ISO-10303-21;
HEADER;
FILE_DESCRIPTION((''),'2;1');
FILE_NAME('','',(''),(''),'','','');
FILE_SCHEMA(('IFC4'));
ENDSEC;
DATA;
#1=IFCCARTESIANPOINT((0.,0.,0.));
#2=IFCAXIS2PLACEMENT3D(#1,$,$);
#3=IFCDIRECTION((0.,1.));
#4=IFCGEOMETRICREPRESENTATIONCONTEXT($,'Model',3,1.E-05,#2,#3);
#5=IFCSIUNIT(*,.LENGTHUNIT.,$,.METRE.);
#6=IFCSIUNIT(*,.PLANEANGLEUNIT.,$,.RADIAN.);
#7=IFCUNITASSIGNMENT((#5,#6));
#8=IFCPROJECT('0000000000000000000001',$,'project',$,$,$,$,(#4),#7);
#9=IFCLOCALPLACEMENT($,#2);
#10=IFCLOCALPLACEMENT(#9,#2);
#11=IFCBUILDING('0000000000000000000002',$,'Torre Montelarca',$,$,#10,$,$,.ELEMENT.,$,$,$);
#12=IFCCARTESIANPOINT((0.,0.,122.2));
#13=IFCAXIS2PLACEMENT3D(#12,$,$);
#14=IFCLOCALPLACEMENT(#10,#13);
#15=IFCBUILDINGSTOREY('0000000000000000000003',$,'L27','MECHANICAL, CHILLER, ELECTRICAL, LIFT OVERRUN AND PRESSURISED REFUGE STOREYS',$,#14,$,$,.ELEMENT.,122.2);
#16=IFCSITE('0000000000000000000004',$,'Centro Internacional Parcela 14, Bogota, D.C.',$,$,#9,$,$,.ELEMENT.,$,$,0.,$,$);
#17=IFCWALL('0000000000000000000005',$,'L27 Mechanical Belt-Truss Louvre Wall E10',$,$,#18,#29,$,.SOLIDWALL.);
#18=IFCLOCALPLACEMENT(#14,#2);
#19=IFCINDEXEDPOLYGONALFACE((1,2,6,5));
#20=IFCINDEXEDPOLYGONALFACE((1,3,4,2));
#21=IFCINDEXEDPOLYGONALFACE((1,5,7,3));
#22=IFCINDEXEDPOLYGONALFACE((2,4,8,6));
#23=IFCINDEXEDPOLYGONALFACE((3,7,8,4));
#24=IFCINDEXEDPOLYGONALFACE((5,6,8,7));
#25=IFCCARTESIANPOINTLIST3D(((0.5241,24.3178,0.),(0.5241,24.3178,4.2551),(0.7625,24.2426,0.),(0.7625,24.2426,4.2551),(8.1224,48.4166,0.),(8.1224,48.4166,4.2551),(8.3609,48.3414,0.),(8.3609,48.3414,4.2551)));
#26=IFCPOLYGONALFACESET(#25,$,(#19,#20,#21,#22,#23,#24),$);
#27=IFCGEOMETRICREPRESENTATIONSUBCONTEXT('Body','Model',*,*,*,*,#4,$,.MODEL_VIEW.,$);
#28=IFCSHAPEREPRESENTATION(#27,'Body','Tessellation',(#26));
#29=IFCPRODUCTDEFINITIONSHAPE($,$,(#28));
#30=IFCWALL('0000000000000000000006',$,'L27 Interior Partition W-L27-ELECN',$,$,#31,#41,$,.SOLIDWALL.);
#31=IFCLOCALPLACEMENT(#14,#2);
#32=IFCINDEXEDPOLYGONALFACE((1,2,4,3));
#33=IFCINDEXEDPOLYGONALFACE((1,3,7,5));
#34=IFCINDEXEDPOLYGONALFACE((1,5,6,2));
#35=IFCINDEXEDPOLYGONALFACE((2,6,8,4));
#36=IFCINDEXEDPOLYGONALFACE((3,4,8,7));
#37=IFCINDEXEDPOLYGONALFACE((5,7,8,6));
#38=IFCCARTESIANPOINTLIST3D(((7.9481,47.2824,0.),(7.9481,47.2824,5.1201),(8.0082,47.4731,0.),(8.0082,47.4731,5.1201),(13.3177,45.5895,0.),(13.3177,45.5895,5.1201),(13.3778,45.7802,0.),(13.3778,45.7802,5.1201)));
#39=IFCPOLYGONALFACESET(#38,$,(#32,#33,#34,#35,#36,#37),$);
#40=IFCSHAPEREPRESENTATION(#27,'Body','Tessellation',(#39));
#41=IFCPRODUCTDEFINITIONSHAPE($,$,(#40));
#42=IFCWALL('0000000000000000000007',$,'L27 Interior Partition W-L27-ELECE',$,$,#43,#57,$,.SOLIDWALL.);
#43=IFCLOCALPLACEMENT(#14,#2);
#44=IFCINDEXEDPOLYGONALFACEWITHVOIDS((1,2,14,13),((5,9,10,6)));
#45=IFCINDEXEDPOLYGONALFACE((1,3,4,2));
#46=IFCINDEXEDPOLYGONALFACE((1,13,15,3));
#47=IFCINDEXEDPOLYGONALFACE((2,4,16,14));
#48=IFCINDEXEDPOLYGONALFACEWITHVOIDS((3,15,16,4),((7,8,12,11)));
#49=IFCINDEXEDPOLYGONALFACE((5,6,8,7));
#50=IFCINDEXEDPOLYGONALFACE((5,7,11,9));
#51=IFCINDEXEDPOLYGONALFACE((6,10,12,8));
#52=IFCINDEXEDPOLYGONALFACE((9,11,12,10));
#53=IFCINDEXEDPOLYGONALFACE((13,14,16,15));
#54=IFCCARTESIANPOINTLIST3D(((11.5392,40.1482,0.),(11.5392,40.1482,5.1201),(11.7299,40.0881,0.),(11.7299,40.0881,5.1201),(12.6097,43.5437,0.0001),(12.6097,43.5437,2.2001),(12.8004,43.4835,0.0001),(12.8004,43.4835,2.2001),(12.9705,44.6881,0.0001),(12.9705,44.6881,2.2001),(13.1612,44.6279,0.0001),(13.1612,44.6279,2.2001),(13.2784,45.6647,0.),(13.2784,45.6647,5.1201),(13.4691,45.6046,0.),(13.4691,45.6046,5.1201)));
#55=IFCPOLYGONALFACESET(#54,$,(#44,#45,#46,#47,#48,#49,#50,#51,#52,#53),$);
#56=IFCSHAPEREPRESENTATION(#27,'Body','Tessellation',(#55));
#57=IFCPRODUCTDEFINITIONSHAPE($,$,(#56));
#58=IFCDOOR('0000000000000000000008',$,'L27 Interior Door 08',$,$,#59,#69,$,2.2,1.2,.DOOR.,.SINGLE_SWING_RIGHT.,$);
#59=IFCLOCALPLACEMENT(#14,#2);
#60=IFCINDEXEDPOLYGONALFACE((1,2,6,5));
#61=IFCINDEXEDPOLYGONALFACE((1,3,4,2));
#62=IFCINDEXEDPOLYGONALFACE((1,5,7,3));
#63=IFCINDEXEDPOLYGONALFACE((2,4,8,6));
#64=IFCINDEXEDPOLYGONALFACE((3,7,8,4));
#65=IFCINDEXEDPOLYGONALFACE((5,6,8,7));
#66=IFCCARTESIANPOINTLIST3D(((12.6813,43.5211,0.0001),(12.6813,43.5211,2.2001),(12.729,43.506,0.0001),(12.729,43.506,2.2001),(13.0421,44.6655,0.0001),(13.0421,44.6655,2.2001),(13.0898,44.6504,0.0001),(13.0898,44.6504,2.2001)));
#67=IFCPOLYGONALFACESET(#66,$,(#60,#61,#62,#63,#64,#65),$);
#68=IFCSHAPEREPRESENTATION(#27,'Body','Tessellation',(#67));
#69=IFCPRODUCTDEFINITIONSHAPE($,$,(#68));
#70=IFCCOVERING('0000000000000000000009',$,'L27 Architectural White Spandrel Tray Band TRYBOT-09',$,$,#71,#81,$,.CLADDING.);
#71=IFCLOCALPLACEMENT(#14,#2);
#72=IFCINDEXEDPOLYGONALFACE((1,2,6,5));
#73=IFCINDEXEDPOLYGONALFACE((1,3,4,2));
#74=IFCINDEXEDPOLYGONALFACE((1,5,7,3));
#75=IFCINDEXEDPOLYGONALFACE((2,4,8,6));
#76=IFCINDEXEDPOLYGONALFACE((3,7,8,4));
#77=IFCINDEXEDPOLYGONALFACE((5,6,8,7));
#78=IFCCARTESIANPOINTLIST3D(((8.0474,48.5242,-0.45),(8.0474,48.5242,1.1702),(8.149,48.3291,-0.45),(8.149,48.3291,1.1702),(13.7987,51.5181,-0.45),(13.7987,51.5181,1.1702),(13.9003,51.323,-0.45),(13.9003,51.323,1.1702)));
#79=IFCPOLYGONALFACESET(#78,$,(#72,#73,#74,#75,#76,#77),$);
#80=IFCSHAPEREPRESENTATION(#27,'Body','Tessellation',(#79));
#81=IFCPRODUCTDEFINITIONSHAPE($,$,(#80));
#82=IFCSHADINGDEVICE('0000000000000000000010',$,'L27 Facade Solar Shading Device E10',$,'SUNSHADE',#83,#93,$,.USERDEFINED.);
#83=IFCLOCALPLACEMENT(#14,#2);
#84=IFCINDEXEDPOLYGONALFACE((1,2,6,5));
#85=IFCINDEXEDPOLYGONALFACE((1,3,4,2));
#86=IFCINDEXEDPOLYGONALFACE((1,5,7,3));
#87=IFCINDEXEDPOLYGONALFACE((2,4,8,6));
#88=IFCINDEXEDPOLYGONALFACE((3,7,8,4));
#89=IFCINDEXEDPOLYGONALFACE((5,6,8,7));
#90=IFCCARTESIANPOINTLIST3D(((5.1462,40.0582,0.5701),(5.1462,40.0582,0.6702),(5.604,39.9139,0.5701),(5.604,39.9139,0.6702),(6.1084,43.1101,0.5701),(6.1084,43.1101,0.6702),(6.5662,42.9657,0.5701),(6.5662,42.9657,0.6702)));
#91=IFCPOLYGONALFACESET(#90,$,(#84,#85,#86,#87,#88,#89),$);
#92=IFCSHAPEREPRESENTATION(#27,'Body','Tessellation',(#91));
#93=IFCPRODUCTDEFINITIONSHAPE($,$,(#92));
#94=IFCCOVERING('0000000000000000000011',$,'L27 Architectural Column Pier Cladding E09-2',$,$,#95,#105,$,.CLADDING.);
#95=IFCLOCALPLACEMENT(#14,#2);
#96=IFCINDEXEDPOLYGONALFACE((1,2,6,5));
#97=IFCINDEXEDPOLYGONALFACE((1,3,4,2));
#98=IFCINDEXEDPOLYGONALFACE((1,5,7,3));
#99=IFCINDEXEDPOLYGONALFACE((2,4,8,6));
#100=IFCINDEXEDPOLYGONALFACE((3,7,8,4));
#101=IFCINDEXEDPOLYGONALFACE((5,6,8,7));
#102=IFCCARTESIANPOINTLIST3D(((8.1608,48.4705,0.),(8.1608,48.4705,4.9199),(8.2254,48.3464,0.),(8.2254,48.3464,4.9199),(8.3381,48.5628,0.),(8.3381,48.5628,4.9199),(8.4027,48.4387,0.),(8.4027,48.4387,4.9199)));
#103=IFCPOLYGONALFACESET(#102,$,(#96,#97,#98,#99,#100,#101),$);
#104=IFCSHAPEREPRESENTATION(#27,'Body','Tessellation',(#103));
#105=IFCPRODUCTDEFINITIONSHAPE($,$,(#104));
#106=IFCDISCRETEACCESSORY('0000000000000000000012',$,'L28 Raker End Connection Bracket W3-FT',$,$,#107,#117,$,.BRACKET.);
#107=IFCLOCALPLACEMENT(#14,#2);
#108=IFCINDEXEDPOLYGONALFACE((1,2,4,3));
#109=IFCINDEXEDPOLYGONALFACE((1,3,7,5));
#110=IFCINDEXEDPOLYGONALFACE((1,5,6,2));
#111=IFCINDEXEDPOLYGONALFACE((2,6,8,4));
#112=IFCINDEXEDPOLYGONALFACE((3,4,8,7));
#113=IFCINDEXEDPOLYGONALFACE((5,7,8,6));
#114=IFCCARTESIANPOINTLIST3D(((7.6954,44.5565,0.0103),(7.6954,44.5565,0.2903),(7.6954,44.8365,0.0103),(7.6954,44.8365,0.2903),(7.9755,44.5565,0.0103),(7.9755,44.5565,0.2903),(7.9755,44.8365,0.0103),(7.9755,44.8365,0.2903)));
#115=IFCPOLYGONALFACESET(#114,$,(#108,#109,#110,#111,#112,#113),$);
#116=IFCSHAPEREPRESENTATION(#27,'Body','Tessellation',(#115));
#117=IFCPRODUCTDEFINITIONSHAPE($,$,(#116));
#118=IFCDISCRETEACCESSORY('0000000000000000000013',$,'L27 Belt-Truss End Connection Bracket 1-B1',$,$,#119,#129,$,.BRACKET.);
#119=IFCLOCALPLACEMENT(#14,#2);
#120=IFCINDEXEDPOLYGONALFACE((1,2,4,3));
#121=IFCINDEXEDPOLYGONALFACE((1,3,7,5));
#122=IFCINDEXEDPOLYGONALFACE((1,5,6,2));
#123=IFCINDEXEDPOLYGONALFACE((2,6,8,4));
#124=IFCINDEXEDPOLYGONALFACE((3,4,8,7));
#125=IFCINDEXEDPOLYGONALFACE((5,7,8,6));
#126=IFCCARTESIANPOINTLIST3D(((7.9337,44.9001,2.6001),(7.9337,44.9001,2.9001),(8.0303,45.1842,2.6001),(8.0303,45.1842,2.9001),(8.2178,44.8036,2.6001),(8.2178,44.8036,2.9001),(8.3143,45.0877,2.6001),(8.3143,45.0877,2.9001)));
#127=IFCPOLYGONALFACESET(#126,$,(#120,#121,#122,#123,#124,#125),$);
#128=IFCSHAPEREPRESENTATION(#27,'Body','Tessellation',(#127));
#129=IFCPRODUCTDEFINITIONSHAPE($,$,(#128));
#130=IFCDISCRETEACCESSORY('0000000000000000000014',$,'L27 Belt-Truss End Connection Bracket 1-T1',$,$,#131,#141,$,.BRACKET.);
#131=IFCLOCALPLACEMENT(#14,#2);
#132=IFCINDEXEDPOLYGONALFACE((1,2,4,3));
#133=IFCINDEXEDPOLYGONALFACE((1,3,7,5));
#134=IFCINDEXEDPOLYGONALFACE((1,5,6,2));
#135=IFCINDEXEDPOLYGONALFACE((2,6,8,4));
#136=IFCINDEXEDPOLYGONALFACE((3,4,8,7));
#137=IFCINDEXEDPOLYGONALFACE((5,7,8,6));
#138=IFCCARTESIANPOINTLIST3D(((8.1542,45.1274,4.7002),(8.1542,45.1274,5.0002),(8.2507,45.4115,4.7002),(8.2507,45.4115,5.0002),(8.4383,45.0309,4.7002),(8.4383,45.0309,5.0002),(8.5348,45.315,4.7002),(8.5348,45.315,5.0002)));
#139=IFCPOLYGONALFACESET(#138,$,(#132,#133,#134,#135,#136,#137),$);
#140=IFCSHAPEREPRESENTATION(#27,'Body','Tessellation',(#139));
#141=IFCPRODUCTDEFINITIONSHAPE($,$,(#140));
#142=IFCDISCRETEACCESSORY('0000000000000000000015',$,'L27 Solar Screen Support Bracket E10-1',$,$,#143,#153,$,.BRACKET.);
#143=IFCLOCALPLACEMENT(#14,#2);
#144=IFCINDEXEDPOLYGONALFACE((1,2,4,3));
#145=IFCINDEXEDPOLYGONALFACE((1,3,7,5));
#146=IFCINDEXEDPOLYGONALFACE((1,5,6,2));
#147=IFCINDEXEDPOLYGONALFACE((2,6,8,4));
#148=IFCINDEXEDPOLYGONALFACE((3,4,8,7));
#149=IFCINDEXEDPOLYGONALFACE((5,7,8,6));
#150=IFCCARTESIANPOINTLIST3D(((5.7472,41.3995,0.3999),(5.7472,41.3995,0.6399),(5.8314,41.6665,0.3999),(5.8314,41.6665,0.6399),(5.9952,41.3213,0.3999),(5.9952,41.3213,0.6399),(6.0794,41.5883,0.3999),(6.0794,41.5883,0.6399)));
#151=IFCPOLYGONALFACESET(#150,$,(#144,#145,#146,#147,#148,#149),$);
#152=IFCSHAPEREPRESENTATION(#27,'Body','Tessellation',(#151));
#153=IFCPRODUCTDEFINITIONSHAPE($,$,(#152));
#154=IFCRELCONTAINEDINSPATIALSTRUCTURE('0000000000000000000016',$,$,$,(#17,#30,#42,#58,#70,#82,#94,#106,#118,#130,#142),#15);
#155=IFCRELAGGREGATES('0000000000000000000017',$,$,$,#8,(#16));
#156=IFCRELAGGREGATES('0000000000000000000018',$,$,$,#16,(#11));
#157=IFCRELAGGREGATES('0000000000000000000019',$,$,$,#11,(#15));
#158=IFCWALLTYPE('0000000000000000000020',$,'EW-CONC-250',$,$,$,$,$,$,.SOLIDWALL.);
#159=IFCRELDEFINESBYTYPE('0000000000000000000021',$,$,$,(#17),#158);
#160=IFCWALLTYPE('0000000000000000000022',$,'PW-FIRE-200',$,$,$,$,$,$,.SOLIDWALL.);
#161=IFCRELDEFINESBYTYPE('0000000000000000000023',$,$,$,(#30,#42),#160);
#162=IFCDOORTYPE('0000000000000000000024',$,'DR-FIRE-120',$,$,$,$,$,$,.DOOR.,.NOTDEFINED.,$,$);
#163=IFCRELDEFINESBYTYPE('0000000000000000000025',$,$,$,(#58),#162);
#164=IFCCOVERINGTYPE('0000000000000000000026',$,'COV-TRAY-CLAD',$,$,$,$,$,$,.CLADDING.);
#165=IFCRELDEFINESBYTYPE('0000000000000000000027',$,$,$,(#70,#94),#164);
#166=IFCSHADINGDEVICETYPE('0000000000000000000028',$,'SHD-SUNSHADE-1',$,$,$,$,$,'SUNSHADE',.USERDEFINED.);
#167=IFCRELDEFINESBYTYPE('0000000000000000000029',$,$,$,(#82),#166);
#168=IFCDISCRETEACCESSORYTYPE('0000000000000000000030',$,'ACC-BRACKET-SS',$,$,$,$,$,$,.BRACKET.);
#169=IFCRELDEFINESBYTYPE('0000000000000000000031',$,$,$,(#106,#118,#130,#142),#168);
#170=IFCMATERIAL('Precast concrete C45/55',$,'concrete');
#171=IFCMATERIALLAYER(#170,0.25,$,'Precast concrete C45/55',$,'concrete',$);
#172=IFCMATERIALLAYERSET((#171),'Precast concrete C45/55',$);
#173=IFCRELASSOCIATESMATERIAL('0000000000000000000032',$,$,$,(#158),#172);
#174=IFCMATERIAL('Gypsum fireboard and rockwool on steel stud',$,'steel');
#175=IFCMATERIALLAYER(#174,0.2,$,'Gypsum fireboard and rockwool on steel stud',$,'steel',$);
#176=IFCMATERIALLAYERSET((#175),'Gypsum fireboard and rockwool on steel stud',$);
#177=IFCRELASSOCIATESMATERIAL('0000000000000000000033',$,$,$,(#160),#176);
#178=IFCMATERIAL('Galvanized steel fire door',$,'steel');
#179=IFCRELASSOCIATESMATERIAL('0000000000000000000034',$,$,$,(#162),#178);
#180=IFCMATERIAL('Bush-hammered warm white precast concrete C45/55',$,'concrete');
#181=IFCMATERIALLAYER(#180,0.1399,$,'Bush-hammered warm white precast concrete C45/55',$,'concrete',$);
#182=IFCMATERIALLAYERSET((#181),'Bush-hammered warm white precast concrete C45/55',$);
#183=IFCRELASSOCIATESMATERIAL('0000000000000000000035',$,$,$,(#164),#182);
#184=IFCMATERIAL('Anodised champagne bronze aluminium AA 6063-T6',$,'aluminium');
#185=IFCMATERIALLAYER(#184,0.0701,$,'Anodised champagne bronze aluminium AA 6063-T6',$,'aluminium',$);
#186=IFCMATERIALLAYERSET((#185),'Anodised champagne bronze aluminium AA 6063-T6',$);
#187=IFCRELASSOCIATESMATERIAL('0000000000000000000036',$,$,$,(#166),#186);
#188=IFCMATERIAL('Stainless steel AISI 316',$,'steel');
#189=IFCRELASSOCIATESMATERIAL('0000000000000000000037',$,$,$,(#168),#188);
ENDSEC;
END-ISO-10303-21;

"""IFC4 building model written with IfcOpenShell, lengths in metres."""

from ifc_helpers import new_model, si_unit, direction, frame, frame_2d, origin, origin_2d, place, context, subcontext, project, spatial, rectangle, extrude, source, transform, mapped, material, layer, layer_set, type_object, element, fill, save


model = new_model("IFC4")

# Units and contexts
model_context = context("Model", 3, precision=1e-05, world=origin(), true_north=direction((0.0, 1.0)))
body_context = subcontext(model_context, "Body", "Model", "MODEL_VIEW")
ifc_project = project(units=[si_unit("LENGTHUNIT", "METRE"), si_unit("PLANEANGLEUNIT", "RADIAN")], contexts=[model_context])

# Site, building, storey
site_placement = place(None, origin())
site = spatial("IfcSite", under=ifc_project, at=site_placement, Name="Centro Internacional Parcela 14, Bogota, D.C.", CompositionType="ELEMENT", RefElevation=0.0)
building_placement = place(site_placement, origin())
building = spatial("IfcBuilding", under=site, at=building_placement, Name="Torre Montelarca", CompositionType="ELEMENT")
storey_placement = place(building_placement, frame((0.0, 0.0, 122.2)))
storey = spatial("IfcBuildingStorey", under=building, at=storey_placement, Name="L27", Description="MECHANICAL, CHILLER, ELECTRICAL, LIFT OVERRUN AND PRESSURISED REFUGE STOREYS", CompositionType="ELEMENT", Elevation=122.2)

# Walls
ifc_material_1 = material(Name="Precast concrete C45/55", Category="concrete")
ifc_layer_1 = layer(ifc_material_1, 0.25, Name="Precast concrete C45/55", Category="concrete")
ifc_layer_set_1 = layer_set([ifc_layer_1], Name="Precast concrete C45/55")
wall_type_1 = type_object("IfcWallType", Name="EW-CONC-250", PredefinedType="SOLIDWALL", material=ifc_layer_set_1)
wall_1_placement = place(storey_placement, frame((8.2417, 48.3792, 0.0), z_axis=(0.0, 0.0, 1.0), x_axis=(-0.300707, -0.953716, 0.0)))
element("IfcWall", 1, at=wall_1_placement, inside=storey, type_object=wall_type_1, Name="L27 Mechanical Belt-Truss Louvre Wall E10", PredefinedType="SOLIDWALL", context=body_context, shape_type="SweptSolid", body=[
    extrude(rectangle(XDim=25.2683, YDim=0.25, at=frame_2d((12.6343, 0.0))), origin(), (0.0, 0.0, 1.0), 4.2551),
])
ifc_material_2 = material(Name="Gypsum fireboard and rockwool on steel stud", Category="steel")
ifc_layer_2 = layer(ifc_material_2, 0.2, Name="Gypsum fireboard and rockwool on steel stud", Category="steel")
ifc_layer_set_2 = layer_set([ifc_layer_2], Name="Gypsum fireboard and rockwool on steel stud")
wall_type_2 = type_object("IfcWallType", Name="PW-FIRE-200", PredefinedType="SOLIDWALL", material=ifc_layer_set_2)
wall_2_placement = place(storey_placement, frame((7.9783, 47.3777, 0.0), z_axis=(0.0, 0.0, 1.0), x_axis=(0.953725, -0.300679, 0.0)))
element("IfcWall", 2, at=wall_2_placement, inside=storey, type_object=wall_type_2, Name="L27 Interior Partition W-L27-ELECN", PredefinedType="SOLIDWALL", context=body_context, shape_type="SweptSolid", body=[
    extrude(rectangle(XDim=5.6301, YDim=0.2, at=frame_2d((2.8149, 0.0))), origin(), (0.0, 0.0, 1.0), 5.1201),
])

# Wall, opening, door
wall_3_placement = place(storey_placement, frame((11.6345, 40.1182, 0.0), z_axis=(0.0, 0.0, 1.0), x_axis=(0.300687, 0.953723, 0.0)))
wall_3 = element("IfcWall", 3, at=wall_3_placement, inside=storey, type_object=wall_type_2, Name="L27 Interior Partition W-L27-ELECE", PredefinedType="SOLIDWALL", context=body_context, shape_type="SweptSolid", body=[
    extrude(rectangle(XDim=5.7842, YDim=0.2, at=frame_2d((2.8921, 0.0))), origin(), (0.0, 0.0, 1.0), 5.1201),
])
opening_placement = place(wall_3_placement, frame((3.5601, 0.0, 0.0)))
opening = element("IfcOpeningElement", 4, at=opening_placement, cuts=wall_3, PredefinedType="OPENING", context=body_context, shape_type="SweptSolid", body=[
    extrude(rectangle(XDim=1.2, YDim=2.2, at=frame_2d((0.6001, 1.1001))), frame((0.0, 0.1099, 0.0), z_axis=(0.0, -1.0, 0.0), x_axis=(1.0, 0.0, 0.0)), (0.0, 0.0, 1.0), 0.22),
])
ifc_material_3 = material(Name="Galvanized steel fire door", Category="steel")
door_type = type_object("IfcDoorType", Name="DR-FIRE-120", OperationType="NOTDEFINED", PredefinedType="DOOR", material=ifc_material_3)
shared_shape_1 = source(origin(), body_context, "Body", "SweptSolid", [
    extrude(rectangle(XDim=1.2, YDim=2.2, at=frame_2d((0.6001, 1.1001))), frame((0.0, 0.0249, 0.0), z_axis=(0.0, -1.0, 0.0), x_axis=(1.0, 0.0, 0.0)), (0.0, 0.0, 1.0), 0.05),
])
door_placement = place(opening_placement, origin())
door = element("IfcDoor", 5, at=door_placement, inside=storey, type_object=door_type, Name="L27 Interior Door 08", OperationType="SINGLE_SWING_RIGHT", OverallHeight=2.2, OverallWidth=1.2, PredefinedType="DOOR", context=body_context, shape_type="MappedRepresentation", body=[
    mapped(shared_shape_1, transform((0.0, 0.0, 0.0), scale=1.0)),
])
fill(opening, door)

# Covering
ifc_material_4 = material(Name="Bush-hammered warm white precast concrete C45/55", Category="concrete")
ifc_layer_3 = layer(ifc_material_4, 0.1399, Name="Bush-hammered warm white precast concrete C45/55", Category="concrete")
ifc_layer_set_3 = layer_set([ifc_layer_3], Name="Bush-hammered warm white precast concrete C45/55")
covering_type = type_object("IfcCoveringType", Name="COV-TRAY-CLAD", PredefinedType="CLADDING", material=ifc_layer_set_3)
shared_shape_2 = source(origin(), body_context, "Body", "SweptSolid", [
    extrude(rectangle(XDim=6.4839, YDim=0.22, at=origin_2d()), origin(), (0.0, 0.0, 1.0), 1.6201),
])
covering_1_placement = place(storey_placement, frame((10.9739, 49.9236, -0.45), z_axis=(0.0, 0.0, 1.0), x_axis=(-0.887014, -0.461742, 0.0)))
element("IfcCovering", 6, at=covering_1_placement, inside=storey, type_object=covering_type, Name="L27 Architectural White Spandrel Tray Band TRYBOT-09", PredefinedType="CLADDING", context=body_context, shape_type="MappedRepresentation", body=[
    mapped(shared_shape_2, transform((0.0, 0.0, 0.0), scale=1.0)),
])

# Shading device
ifc_material_5 = material(Name="Anodised champagne bronze aluminium AA 6063-T6", Category="aluminium")
ifc_layer_4 = layer(ifc_material_5, 0.0701, Name="Anodised champagne bronze aluminium AA 6063-T6", Category="aluminium")
ifc_layer_set_4 = layer_set([ifc_layer_4], Name="Anodised champagne bronze aluminium AA 6063-T6")
shading_device_type = type_object("IfcShadingDeviceType", Name="SHD-SUNSHADE-1", ElementType="SUNSHADE", PredefinedType="USERDEFINED", material=ifc_layer_set_4)
shared_shape_3 = source(origin(), body_context, "Body", "SweptSolid", [
    extrude(rectangle(XDim=3.2, YDim=0.48, at=origin_2d()), origin(), (0.0, 0.0, 1.0), 0.1001),
])
shading_device_placement = place(storey_placement, frame((5.8562, 41.512, 0.5701), z_axis=(0.0, 0.0, 1.0), x_axis=(-0.300709, -0.953716, 0.0)))
element("IfcShadingDevice", 7, at=shading_device_placement, inside=storey, type_object=shading_device_type, Name="L27 Facade Solar Shading Device E10", ObjectType="SUNSHADE", PredefinedType="USERDEFINED", context=body_context, shape_type="MappedRepresentation", body=[
    mapped(shared_shape_3, transform((0.0, 0.0, 0.0), scale=1.0)),
])

# Covering
shared_shape_4 = source(origin(), body_context, "Body", "SweptSolid", [
    extrude(rectangle(XDim=0.2, YDim=0.1399, at=origin_2d()), origin(), (0.0, 0.0, 1.0), 4.9199),
])
covering_2_placement = place(storey_placement, frame((8.2817, 48.4546, 0.0), z_axis=(0.0, 0.0, 1.0), x_axis=(-0.887017, -0.461736, 0.0)))
element("IfcCovering", 8, at=covering_2_placement, inside=storey, type_object=covering_type, Name="L27 Architectural Column Pier Cladding E09-2", PredefinedType="CLADDING", context=body_context, shape_type="MappedRepresentation", body=[
    mapped(shared_shape_4, transform((0.0, 0.0, 0.0), scale=1.0)),
])

# Discrete accessories
ifc_material_6 = material(Name="Stainless steel AISI 316", Category="steel")
discrete_accessory_type = type_object("IfcDiscreteAccessoryType", Name="ACC-BRACKET-SS", PredefinedType="BRACKET", material=ifc_material_6)
shared_shape_5 = source(origin(), body_context, "Body", "SweptSolid", [
    extrude(rectangle(XDim=0.28, YDim=0.28, at=origin_2d()), origin(), (0.0, 0.0, 1.0), 0.28),
])
discrete_accessory_1_placement = place(storey_placement, frame((7.8354, 44.6965, 0.0103), z_axis=(0.0, 0.0, 1.0), x_axis=(1.0, 0.0, 0.0)))
element("IfcDiscreteAccessory", 9, at=discrete_accessory_1_placement, inside=storey, type_object=discrete_accessory_type, Name="L28 Raker End Connection Bracket W3-FT", PredefinedType="BRACKET", context=body_context, shape_type="MappedRepresentation", body=[
    mapped(shared_shape_5, transform((0.0, 0.0, 0.0), scale=1.0)),
])
shared_shape_6 = source(origin(), body_context, "Body", "SweptSolid", [
    extrude(rectangle(XDim=0.3, YDim=0.3, at=origin_2d()), origin(), (0.0, 0.0, 1.0), 0.3),
])
for number, where, z_axis, x_axis, name in (
    (10, (8.124, 44.9939, 2.6001), (0.0, 0.0, 1.0), (0.32177, 0.946818, 0.0), "L27 Belt-Truss End Connection Bracket 1-B1"),
    (11, (8.3445, 45.2212, 4.7002), (0.0, 0.0, 1.0), (0.32177, 0.946818, 0.0), "L27 Belt-Truss End Connection Bracket 1-T1"),
):
    element("IfcDiscreteAccessory", number, at=place(storey_placement, frame(where, z_axis=z_axis, x_axis=x_axis)), inside=storey, type_object=discrete_accessory_type, Name=name, PredefinedType="BRACKET", context=body_context, shape_type="MappedRepresentation", body=[
        mapped(shared_shape_6, transform((0.0, 0.0, 0.0), scale=1.0)),
    ])
shared_shape_7 = source(origin(), body_context, "Body", "SweptSolid", [
    extrude(rectangle(XDim=0.28, YDim=0.26, at=origin_2d()), origin(), (0.0, 0.0, 1.0), 0.24),
])
discrete_accessory_2_placement = place(storey_placement, frame((5.9133, 41.4939, 0.3999), z_axis=(0.0, 0.0, 1.0), x_axis=(-0.300709, -0.953716, 0.0)))
element("IfcDiscreteAccessory", 12, at=discrete_accessory_2_placement, inside=storey, type_object=discrete_accessory_type, Name="L27 Solar Screen Support Bracket E10-1", PredefinedType="BRACKET", context=body_context, shape_type="MappedRepresentation", body=[
    mapped(shared_shape_7, transform((0.0, 0.0, 0.0), scale=1.0)),
])

save(model, "model.ifc")
